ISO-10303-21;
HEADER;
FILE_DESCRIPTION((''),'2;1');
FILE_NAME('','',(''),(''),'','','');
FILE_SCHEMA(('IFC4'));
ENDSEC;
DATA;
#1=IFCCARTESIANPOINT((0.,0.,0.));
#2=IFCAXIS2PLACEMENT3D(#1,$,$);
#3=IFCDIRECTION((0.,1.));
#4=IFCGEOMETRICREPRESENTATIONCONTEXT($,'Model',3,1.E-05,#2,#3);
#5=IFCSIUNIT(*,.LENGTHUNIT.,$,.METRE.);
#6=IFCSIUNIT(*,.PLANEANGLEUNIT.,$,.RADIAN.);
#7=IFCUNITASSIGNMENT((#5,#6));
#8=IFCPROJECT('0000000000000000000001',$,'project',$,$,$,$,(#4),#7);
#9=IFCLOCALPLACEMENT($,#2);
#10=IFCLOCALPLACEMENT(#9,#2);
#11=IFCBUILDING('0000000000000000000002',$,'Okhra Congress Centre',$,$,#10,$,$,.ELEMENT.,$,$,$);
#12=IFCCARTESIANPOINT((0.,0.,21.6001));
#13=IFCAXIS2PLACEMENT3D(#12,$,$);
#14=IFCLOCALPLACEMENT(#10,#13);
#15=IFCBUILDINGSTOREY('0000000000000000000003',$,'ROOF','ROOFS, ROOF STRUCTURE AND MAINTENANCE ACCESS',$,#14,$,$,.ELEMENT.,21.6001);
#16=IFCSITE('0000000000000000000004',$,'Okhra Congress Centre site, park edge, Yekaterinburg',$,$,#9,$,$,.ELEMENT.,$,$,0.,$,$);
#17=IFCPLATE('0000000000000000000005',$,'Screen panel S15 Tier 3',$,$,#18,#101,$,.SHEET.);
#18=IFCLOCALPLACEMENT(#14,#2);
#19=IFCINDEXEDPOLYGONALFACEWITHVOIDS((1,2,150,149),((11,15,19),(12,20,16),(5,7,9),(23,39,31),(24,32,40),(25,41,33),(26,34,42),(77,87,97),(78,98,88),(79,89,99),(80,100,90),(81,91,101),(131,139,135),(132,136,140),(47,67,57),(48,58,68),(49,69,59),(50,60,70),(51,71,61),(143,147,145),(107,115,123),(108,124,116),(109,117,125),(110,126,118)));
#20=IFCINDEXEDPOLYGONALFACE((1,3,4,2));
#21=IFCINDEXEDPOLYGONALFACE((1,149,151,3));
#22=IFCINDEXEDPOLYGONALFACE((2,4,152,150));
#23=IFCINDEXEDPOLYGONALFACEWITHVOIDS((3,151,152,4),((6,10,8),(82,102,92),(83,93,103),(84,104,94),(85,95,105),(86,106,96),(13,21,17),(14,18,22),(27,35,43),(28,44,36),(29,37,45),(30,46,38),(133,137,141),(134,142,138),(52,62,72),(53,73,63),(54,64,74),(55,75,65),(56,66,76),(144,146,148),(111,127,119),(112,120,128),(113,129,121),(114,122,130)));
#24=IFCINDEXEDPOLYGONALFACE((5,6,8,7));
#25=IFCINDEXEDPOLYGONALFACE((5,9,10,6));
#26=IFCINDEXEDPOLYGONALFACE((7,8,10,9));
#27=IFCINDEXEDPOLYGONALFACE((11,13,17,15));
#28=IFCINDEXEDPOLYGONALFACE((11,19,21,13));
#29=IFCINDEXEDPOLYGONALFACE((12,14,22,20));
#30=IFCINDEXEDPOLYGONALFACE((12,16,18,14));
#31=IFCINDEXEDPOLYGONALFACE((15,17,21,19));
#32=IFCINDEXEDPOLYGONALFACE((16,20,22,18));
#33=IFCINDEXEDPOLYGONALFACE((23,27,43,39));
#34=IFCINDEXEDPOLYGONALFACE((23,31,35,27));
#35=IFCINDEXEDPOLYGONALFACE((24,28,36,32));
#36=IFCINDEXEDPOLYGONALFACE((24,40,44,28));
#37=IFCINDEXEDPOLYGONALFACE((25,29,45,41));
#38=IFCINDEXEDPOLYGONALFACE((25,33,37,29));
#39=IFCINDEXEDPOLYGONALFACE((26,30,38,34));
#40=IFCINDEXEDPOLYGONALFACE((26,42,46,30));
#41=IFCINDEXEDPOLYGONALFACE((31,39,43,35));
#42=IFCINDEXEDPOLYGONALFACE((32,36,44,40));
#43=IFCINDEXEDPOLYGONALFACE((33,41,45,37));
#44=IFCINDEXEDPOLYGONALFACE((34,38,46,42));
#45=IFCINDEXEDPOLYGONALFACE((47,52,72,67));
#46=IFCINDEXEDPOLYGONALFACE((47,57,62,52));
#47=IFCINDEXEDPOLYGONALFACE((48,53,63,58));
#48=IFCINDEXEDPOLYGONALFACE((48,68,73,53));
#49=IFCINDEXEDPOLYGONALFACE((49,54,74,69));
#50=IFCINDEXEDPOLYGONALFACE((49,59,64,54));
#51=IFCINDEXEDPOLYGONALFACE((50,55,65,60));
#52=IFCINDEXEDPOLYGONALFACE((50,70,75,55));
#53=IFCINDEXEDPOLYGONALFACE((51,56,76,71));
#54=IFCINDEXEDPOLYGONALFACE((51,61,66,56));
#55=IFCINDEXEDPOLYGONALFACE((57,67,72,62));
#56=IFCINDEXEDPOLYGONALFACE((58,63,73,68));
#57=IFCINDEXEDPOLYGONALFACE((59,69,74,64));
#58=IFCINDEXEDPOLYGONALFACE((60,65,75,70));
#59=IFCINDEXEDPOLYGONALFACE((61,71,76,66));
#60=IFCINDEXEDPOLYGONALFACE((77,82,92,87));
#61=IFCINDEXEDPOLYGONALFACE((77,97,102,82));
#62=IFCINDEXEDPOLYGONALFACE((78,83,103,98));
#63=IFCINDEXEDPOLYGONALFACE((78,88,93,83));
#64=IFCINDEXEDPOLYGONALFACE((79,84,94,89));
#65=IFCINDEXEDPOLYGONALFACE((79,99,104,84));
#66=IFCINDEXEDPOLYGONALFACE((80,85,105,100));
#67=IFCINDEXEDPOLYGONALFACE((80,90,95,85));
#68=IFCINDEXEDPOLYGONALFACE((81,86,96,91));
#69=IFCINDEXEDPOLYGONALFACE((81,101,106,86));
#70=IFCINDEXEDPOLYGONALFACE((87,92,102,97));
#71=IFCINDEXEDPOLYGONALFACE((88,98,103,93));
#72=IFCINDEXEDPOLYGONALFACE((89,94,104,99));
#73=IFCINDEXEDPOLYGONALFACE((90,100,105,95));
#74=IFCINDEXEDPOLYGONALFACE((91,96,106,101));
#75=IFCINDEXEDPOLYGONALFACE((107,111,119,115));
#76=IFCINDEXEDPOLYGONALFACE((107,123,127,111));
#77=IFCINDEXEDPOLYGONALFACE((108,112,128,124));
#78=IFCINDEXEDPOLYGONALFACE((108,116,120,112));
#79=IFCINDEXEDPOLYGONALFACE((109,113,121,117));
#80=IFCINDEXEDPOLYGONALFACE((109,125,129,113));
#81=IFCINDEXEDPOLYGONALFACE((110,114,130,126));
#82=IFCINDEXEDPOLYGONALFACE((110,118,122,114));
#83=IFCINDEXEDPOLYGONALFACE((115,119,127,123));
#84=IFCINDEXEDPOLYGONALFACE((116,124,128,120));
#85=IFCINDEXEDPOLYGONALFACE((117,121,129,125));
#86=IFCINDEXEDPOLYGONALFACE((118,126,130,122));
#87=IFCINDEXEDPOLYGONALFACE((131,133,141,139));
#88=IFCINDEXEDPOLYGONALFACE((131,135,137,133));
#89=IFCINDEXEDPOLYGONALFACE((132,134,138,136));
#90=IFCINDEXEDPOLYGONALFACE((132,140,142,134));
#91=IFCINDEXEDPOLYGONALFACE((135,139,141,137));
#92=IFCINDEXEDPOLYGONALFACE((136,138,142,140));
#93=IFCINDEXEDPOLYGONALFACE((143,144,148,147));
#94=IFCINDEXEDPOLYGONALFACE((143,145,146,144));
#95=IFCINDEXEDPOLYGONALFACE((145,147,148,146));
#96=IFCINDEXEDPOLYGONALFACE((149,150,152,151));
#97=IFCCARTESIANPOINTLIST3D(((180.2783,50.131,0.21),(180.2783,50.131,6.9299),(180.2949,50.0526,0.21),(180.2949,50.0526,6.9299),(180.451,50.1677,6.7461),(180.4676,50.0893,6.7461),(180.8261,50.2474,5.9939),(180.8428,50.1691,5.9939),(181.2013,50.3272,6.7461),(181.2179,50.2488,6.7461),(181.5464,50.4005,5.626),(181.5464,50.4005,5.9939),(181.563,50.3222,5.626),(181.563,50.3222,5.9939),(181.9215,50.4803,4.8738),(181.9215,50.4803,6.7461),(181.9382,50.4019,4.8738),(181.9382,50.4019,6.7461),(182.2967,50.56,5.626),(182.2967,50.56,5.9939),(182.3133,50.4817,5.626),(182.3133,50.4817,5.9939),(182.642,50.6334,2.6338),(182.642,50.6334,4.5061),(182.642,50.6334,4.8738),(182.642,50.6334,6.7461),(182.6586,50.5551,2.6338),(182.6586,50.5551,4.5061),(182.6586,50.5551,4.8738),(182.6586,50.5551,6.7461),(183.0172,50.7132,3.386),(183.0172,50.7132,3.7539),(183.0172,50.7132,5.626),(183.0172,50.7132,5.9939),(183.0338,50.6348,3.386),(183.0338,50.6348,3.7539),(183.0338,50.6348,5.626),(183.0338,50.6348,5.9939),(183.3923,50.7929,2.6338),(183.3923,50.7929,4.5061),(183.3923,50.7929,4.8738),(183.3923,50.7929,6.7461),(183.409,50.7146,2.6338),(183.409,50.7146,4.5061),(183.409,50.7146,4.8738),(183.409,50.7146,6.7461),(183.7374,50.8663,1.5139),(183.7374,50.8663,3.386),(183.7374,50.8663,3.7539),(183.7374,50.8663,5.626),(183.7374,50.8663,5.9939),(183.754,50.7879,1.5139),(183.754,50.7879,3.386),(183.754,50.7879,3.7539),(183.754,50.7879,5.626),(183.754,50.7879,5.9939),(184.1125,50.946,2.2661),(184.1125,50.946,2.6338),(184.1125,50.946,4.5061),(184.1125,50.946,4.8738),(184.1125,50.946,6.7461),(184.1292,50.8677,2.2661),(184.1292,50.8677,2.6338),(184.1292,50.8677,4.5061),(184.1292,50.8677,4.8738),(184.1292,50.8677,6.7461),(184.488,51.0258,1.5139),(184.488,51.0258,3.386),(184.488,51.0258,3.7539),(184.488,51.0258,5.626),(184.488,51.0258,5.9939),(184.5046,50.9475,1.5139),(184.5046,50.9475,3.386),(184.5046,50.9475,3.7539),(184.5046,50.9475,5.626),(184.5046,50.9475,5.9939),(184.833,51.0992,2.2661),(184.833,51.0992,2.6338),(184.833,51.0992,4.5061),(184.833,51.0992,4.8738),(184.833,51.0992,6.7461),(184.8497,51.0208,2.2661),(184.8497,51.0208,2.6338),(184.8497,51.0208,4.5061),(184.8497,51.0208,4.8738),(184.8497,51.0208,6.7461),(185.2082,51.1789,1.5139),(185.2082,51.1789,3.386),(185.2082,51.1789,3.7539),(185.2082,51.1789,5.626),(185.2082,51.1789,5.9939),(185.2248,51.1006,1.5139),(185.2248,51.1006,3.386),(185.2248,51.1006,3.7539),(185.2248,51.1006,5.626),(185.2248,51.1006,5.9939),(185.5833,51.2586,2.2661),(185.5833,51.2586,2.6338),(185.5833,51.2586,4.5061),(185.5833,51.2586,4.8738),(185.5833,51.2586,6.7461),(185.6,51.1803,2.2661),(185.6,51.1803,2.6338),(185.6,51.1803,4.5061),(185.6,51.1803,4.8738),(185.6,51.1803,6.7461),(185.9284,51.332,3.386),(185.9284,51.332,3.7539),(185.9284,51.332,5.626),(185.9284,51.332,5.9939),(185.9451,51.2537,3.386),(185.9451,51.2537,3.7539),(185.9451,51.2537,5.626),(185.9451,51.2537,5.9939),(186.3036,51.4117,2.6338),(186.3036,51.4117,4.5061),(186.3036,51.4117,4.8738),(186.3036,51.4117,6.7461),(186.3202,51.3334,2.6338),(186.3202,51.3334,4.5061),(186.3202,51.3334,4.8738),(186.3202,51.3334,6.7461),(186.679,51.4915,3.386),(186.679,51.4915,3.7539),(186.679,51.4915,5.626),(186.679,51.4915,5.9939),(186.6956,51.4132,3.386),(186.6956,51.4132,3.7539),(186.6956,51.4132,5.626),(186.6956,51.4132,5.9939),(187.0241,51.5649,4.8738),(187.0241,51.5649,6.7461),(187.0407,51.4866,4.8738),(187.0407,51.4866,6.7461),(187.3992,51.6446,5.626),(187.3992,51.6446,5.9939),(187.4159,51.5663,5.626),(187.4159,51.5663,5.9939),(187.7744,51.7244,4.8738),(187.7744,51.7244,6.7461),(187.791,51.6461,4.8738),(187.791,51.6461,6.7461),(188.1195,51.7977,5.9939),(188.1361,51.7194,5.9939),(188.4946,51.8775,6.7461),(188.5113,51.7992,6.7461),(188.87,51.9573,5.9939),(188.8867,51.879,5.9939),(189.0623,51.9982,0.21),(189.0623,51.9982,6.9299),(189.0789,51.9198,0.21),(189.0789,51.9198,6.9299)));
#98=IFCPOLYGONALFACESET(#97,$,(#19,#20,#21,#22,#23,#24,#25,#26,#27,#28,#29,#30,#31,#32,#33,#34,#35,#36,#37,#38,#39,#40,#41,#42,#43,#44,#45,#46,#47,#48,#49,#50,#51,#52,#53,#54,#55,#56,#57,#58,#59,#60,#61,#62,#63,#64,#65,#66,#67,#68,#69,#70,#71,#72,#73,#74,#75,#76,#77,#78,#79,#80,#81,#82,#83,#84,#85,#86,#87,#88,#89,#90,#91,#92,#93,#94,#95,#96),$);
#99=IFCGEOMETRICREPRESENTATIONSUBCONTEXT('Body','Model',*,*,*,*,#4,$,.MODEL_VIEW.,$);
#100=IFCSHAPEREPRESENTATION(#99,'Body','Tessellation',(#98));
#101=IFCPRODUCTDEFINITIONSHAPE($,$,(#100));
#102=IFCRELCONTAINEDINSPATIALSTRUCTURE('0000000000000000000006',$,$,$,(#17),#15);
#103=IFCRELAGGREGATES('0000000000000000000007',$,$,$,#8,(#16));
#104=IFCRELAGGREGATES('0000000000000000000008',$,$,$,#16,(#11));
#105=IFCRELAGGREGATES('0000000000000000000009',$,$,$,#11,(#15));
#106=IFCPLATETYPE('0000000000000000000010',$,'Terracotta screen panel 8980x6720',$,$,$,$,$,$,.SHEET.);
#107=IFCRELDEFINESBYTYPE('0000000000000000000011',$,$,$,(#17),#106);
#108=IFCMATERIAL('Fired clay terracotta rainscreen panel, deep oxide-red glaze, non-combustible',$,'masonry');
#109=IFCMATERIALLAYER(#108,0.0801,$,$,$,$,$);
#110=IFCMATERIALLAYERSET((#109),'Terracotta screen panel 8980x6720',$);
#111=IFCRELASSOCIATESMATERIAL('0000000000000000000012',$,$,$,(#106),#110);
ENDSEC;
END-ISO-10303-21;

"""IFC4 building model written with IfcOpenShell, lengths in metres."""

from ifc_helpers import new_model, si_unit, direction, frame, origin, place, context, subcontext, project, spatial, polyline, outline, extrude, material, layer, layer_set, type_object, element, save


model = new_model("IFC4")

# Units and contexts
model_context = context("Model", 3, precision=1e-05, world=origin(), true_north=direction((0.0, 1.0)))
body_context = subcontext(model_context, "Body", "Model", "MODEL_VIEW")
ifc_project = project(units=[si_unit("LENGTHUNIT", "METRE"), si_unit("PLANEANGLEUNIT", "RADIAN")], contexts=[model_context])

# Site, building, storey
site_placement = place(None, origin())
site = spatial("IfcSite", under=ifc_project, at=site_placement, Name="Okhra Congress Centre site, park edge, Yekaterinburg", CompositionType="ELEMENT", RefElevation=0.0)
building_placement = place(site_placement, origin())
building = spatial("IfcBuilding", under=site, at=building_placement, Name="Okhra Congress Centre", CompositionType="ELEMENT")
storey_placement = place(building_placement, frame((0.0, 0.0, 21.6001)))
storey = spatial("IfcBuildingStorey", under=building, at=storey_placement, Name="ROOF", Description="ROOFS, ROOF STRUCTURE AND MAINTENANCE ACCESS", CompositionType="ELEMENT", Elevation=21.6001)

# Plate
ifc_material_1 = material(Name="Fired clay terracotta rainscreen panel, deep oxide-red glaze, non-combustible", Category="masonry")
ifc_layer_1 = layer(ifc_material_1, 0.0801)
ifc_layer_set_1 = layer_set([ifc_layer_1], Name="Terracotta screen panel 8980x6720")
plate_type_1 = type_object("IfcPlateType", Name="Terracotta screen panel 8980x6720", PredefinedType="SHEET", material=ifc_layer_set_1)
plate_1_placement = place(storey_placement, frame((180.2866, 50.0918, 0.21), z_axis=(0.0, 0.0, 1.0), x_axis=(0.978145, 0.207923, 0.0)))
element("IfcPlate", 1, at=plate_1_placement, inside=storey, type_object=plate_type_1, Name="Screen panel S15 Tier 3", PredefinedType="SHEET", context=body_context, shape_type="SweptSolid", body=[
    extrude(outline(polyline([(0.0, 0.0), (8.9802, 0.0), (8.9802, 6.72), (0.0, 6.72), (0.0, 0.0)]), holes=[polyline([(3.5364, 1.304), (4.3037, 1.304), (3.9199, 2.0562), (3.5364, 1.304)]), polyline([(4.6565, 2.0562), (5.04, 1.304), (5.4236, 2.0562), (4.6565, 2.0562)]), polyline([(2.4165, 2.4238), (3.1836, 2.4238), (2.8, 3.176), (2.4165, 2.4238)]), polyline([(3.5364, 3.176), (3.9199, 2.4238), (4.3037, 3.176), (3.5364, 3.176)]), polyline([(4.6565, 2.4238), (5.4236, 2.4238), (5.04, 3.176), (4.6565, 2.4238)]), polyline([(5.7764, 3.176), (6.1599, 2.4238), (6.5437, 3.176), (5.7764, 3.176)]), polyline([(2.4165, 4.2961), (2.8, 3.5439), (3.1836, 4.2961), (2.4165, 4.2961)]), polyline([(3.5364, 3.5439), (4.3037, 3.5439), (3.9199, 4.2961), (3.5364, 3.5439)]), polyline([(4.6565, 4.2961), (5.04, 3.5439), (5.4236, 4.2961), (4.6565, 4.2961)]), polyline([(5.7764, 3.5439), (6.5437, 3.5439), (6.1599, 4.2961), (5.7764, 3.5439)]), polyline([(1.2964, 5.416), (1.6799, 4.6638), (2.0635, 5.416), (1.2964, 5.416)]), polyline([(2.4165, 4.6638), (3.1836, 4.6638), (2.8, 5.416), (2.4165, 4.6638)]), polyline([(3.5364, 5.416), (3.9199, 4.6638), (4.3037, 5.416), (3.5364, 5.416)]), polyline([(4.6565, 4.6638), (5.4236, 4.6638), (5.04, 5.416), (4.6565, 4.6638)]), polyline([(5.7764, 5.416), (6.1599, 4.6638), (6.5437, 5.416), (5.7764, 5.416)]), polyline([(6.8965, 4.6638), (7.6636, 4.6638), (7.28, 5.416), (6.8965, 4.6638)]), polyline([(0.1765, 6.5361), (0.5601, 5.7839), (0.9436, 6.5361), (0.1765, 6.5361)]), polyline([(1.2964, 5.7839), (2.0635, 5.7839), (1.6799, 6.5361), (1.2964, 5.7839)]), polyline([(2.4165, 6.5361), (2.8, 5.7839), (3.1836, 6.5361), (2.4165, 6.5361)]), polyline([(3.5364, 5.7839), (4.3037, 5.7839), (3.9199, 6.5361), (3.5364, 5.7839)]), polyline([(4.6565, 6.5361), (5.04, 5.7839), (5.4236, 6.5361), (4.6565, 6.5361)]), polyline([(5.7764, 5.7839), (6.5437, 5.7839), (6.1599, 6.5361), (5.7764, 5.7839)]), polyline([(6.8965, 6.5361), (7.28, 5.7839), (7.6636, 6.5361), (6.8965, 6.5361)]), polyline([(8.0164, 5.7839), (8.7837, 5.7839), (8.3999, 6.5361), (8.0164, 5.7839)])]), frame((0.0, 0.04, 0.0), z_axis=(0.0, -1.0, 0.0), x_axis=(1.0, 0.0, 0.0)), (0.0, 0.0, 1.0), 0.0801),
])

save(model, "model.ifc")
